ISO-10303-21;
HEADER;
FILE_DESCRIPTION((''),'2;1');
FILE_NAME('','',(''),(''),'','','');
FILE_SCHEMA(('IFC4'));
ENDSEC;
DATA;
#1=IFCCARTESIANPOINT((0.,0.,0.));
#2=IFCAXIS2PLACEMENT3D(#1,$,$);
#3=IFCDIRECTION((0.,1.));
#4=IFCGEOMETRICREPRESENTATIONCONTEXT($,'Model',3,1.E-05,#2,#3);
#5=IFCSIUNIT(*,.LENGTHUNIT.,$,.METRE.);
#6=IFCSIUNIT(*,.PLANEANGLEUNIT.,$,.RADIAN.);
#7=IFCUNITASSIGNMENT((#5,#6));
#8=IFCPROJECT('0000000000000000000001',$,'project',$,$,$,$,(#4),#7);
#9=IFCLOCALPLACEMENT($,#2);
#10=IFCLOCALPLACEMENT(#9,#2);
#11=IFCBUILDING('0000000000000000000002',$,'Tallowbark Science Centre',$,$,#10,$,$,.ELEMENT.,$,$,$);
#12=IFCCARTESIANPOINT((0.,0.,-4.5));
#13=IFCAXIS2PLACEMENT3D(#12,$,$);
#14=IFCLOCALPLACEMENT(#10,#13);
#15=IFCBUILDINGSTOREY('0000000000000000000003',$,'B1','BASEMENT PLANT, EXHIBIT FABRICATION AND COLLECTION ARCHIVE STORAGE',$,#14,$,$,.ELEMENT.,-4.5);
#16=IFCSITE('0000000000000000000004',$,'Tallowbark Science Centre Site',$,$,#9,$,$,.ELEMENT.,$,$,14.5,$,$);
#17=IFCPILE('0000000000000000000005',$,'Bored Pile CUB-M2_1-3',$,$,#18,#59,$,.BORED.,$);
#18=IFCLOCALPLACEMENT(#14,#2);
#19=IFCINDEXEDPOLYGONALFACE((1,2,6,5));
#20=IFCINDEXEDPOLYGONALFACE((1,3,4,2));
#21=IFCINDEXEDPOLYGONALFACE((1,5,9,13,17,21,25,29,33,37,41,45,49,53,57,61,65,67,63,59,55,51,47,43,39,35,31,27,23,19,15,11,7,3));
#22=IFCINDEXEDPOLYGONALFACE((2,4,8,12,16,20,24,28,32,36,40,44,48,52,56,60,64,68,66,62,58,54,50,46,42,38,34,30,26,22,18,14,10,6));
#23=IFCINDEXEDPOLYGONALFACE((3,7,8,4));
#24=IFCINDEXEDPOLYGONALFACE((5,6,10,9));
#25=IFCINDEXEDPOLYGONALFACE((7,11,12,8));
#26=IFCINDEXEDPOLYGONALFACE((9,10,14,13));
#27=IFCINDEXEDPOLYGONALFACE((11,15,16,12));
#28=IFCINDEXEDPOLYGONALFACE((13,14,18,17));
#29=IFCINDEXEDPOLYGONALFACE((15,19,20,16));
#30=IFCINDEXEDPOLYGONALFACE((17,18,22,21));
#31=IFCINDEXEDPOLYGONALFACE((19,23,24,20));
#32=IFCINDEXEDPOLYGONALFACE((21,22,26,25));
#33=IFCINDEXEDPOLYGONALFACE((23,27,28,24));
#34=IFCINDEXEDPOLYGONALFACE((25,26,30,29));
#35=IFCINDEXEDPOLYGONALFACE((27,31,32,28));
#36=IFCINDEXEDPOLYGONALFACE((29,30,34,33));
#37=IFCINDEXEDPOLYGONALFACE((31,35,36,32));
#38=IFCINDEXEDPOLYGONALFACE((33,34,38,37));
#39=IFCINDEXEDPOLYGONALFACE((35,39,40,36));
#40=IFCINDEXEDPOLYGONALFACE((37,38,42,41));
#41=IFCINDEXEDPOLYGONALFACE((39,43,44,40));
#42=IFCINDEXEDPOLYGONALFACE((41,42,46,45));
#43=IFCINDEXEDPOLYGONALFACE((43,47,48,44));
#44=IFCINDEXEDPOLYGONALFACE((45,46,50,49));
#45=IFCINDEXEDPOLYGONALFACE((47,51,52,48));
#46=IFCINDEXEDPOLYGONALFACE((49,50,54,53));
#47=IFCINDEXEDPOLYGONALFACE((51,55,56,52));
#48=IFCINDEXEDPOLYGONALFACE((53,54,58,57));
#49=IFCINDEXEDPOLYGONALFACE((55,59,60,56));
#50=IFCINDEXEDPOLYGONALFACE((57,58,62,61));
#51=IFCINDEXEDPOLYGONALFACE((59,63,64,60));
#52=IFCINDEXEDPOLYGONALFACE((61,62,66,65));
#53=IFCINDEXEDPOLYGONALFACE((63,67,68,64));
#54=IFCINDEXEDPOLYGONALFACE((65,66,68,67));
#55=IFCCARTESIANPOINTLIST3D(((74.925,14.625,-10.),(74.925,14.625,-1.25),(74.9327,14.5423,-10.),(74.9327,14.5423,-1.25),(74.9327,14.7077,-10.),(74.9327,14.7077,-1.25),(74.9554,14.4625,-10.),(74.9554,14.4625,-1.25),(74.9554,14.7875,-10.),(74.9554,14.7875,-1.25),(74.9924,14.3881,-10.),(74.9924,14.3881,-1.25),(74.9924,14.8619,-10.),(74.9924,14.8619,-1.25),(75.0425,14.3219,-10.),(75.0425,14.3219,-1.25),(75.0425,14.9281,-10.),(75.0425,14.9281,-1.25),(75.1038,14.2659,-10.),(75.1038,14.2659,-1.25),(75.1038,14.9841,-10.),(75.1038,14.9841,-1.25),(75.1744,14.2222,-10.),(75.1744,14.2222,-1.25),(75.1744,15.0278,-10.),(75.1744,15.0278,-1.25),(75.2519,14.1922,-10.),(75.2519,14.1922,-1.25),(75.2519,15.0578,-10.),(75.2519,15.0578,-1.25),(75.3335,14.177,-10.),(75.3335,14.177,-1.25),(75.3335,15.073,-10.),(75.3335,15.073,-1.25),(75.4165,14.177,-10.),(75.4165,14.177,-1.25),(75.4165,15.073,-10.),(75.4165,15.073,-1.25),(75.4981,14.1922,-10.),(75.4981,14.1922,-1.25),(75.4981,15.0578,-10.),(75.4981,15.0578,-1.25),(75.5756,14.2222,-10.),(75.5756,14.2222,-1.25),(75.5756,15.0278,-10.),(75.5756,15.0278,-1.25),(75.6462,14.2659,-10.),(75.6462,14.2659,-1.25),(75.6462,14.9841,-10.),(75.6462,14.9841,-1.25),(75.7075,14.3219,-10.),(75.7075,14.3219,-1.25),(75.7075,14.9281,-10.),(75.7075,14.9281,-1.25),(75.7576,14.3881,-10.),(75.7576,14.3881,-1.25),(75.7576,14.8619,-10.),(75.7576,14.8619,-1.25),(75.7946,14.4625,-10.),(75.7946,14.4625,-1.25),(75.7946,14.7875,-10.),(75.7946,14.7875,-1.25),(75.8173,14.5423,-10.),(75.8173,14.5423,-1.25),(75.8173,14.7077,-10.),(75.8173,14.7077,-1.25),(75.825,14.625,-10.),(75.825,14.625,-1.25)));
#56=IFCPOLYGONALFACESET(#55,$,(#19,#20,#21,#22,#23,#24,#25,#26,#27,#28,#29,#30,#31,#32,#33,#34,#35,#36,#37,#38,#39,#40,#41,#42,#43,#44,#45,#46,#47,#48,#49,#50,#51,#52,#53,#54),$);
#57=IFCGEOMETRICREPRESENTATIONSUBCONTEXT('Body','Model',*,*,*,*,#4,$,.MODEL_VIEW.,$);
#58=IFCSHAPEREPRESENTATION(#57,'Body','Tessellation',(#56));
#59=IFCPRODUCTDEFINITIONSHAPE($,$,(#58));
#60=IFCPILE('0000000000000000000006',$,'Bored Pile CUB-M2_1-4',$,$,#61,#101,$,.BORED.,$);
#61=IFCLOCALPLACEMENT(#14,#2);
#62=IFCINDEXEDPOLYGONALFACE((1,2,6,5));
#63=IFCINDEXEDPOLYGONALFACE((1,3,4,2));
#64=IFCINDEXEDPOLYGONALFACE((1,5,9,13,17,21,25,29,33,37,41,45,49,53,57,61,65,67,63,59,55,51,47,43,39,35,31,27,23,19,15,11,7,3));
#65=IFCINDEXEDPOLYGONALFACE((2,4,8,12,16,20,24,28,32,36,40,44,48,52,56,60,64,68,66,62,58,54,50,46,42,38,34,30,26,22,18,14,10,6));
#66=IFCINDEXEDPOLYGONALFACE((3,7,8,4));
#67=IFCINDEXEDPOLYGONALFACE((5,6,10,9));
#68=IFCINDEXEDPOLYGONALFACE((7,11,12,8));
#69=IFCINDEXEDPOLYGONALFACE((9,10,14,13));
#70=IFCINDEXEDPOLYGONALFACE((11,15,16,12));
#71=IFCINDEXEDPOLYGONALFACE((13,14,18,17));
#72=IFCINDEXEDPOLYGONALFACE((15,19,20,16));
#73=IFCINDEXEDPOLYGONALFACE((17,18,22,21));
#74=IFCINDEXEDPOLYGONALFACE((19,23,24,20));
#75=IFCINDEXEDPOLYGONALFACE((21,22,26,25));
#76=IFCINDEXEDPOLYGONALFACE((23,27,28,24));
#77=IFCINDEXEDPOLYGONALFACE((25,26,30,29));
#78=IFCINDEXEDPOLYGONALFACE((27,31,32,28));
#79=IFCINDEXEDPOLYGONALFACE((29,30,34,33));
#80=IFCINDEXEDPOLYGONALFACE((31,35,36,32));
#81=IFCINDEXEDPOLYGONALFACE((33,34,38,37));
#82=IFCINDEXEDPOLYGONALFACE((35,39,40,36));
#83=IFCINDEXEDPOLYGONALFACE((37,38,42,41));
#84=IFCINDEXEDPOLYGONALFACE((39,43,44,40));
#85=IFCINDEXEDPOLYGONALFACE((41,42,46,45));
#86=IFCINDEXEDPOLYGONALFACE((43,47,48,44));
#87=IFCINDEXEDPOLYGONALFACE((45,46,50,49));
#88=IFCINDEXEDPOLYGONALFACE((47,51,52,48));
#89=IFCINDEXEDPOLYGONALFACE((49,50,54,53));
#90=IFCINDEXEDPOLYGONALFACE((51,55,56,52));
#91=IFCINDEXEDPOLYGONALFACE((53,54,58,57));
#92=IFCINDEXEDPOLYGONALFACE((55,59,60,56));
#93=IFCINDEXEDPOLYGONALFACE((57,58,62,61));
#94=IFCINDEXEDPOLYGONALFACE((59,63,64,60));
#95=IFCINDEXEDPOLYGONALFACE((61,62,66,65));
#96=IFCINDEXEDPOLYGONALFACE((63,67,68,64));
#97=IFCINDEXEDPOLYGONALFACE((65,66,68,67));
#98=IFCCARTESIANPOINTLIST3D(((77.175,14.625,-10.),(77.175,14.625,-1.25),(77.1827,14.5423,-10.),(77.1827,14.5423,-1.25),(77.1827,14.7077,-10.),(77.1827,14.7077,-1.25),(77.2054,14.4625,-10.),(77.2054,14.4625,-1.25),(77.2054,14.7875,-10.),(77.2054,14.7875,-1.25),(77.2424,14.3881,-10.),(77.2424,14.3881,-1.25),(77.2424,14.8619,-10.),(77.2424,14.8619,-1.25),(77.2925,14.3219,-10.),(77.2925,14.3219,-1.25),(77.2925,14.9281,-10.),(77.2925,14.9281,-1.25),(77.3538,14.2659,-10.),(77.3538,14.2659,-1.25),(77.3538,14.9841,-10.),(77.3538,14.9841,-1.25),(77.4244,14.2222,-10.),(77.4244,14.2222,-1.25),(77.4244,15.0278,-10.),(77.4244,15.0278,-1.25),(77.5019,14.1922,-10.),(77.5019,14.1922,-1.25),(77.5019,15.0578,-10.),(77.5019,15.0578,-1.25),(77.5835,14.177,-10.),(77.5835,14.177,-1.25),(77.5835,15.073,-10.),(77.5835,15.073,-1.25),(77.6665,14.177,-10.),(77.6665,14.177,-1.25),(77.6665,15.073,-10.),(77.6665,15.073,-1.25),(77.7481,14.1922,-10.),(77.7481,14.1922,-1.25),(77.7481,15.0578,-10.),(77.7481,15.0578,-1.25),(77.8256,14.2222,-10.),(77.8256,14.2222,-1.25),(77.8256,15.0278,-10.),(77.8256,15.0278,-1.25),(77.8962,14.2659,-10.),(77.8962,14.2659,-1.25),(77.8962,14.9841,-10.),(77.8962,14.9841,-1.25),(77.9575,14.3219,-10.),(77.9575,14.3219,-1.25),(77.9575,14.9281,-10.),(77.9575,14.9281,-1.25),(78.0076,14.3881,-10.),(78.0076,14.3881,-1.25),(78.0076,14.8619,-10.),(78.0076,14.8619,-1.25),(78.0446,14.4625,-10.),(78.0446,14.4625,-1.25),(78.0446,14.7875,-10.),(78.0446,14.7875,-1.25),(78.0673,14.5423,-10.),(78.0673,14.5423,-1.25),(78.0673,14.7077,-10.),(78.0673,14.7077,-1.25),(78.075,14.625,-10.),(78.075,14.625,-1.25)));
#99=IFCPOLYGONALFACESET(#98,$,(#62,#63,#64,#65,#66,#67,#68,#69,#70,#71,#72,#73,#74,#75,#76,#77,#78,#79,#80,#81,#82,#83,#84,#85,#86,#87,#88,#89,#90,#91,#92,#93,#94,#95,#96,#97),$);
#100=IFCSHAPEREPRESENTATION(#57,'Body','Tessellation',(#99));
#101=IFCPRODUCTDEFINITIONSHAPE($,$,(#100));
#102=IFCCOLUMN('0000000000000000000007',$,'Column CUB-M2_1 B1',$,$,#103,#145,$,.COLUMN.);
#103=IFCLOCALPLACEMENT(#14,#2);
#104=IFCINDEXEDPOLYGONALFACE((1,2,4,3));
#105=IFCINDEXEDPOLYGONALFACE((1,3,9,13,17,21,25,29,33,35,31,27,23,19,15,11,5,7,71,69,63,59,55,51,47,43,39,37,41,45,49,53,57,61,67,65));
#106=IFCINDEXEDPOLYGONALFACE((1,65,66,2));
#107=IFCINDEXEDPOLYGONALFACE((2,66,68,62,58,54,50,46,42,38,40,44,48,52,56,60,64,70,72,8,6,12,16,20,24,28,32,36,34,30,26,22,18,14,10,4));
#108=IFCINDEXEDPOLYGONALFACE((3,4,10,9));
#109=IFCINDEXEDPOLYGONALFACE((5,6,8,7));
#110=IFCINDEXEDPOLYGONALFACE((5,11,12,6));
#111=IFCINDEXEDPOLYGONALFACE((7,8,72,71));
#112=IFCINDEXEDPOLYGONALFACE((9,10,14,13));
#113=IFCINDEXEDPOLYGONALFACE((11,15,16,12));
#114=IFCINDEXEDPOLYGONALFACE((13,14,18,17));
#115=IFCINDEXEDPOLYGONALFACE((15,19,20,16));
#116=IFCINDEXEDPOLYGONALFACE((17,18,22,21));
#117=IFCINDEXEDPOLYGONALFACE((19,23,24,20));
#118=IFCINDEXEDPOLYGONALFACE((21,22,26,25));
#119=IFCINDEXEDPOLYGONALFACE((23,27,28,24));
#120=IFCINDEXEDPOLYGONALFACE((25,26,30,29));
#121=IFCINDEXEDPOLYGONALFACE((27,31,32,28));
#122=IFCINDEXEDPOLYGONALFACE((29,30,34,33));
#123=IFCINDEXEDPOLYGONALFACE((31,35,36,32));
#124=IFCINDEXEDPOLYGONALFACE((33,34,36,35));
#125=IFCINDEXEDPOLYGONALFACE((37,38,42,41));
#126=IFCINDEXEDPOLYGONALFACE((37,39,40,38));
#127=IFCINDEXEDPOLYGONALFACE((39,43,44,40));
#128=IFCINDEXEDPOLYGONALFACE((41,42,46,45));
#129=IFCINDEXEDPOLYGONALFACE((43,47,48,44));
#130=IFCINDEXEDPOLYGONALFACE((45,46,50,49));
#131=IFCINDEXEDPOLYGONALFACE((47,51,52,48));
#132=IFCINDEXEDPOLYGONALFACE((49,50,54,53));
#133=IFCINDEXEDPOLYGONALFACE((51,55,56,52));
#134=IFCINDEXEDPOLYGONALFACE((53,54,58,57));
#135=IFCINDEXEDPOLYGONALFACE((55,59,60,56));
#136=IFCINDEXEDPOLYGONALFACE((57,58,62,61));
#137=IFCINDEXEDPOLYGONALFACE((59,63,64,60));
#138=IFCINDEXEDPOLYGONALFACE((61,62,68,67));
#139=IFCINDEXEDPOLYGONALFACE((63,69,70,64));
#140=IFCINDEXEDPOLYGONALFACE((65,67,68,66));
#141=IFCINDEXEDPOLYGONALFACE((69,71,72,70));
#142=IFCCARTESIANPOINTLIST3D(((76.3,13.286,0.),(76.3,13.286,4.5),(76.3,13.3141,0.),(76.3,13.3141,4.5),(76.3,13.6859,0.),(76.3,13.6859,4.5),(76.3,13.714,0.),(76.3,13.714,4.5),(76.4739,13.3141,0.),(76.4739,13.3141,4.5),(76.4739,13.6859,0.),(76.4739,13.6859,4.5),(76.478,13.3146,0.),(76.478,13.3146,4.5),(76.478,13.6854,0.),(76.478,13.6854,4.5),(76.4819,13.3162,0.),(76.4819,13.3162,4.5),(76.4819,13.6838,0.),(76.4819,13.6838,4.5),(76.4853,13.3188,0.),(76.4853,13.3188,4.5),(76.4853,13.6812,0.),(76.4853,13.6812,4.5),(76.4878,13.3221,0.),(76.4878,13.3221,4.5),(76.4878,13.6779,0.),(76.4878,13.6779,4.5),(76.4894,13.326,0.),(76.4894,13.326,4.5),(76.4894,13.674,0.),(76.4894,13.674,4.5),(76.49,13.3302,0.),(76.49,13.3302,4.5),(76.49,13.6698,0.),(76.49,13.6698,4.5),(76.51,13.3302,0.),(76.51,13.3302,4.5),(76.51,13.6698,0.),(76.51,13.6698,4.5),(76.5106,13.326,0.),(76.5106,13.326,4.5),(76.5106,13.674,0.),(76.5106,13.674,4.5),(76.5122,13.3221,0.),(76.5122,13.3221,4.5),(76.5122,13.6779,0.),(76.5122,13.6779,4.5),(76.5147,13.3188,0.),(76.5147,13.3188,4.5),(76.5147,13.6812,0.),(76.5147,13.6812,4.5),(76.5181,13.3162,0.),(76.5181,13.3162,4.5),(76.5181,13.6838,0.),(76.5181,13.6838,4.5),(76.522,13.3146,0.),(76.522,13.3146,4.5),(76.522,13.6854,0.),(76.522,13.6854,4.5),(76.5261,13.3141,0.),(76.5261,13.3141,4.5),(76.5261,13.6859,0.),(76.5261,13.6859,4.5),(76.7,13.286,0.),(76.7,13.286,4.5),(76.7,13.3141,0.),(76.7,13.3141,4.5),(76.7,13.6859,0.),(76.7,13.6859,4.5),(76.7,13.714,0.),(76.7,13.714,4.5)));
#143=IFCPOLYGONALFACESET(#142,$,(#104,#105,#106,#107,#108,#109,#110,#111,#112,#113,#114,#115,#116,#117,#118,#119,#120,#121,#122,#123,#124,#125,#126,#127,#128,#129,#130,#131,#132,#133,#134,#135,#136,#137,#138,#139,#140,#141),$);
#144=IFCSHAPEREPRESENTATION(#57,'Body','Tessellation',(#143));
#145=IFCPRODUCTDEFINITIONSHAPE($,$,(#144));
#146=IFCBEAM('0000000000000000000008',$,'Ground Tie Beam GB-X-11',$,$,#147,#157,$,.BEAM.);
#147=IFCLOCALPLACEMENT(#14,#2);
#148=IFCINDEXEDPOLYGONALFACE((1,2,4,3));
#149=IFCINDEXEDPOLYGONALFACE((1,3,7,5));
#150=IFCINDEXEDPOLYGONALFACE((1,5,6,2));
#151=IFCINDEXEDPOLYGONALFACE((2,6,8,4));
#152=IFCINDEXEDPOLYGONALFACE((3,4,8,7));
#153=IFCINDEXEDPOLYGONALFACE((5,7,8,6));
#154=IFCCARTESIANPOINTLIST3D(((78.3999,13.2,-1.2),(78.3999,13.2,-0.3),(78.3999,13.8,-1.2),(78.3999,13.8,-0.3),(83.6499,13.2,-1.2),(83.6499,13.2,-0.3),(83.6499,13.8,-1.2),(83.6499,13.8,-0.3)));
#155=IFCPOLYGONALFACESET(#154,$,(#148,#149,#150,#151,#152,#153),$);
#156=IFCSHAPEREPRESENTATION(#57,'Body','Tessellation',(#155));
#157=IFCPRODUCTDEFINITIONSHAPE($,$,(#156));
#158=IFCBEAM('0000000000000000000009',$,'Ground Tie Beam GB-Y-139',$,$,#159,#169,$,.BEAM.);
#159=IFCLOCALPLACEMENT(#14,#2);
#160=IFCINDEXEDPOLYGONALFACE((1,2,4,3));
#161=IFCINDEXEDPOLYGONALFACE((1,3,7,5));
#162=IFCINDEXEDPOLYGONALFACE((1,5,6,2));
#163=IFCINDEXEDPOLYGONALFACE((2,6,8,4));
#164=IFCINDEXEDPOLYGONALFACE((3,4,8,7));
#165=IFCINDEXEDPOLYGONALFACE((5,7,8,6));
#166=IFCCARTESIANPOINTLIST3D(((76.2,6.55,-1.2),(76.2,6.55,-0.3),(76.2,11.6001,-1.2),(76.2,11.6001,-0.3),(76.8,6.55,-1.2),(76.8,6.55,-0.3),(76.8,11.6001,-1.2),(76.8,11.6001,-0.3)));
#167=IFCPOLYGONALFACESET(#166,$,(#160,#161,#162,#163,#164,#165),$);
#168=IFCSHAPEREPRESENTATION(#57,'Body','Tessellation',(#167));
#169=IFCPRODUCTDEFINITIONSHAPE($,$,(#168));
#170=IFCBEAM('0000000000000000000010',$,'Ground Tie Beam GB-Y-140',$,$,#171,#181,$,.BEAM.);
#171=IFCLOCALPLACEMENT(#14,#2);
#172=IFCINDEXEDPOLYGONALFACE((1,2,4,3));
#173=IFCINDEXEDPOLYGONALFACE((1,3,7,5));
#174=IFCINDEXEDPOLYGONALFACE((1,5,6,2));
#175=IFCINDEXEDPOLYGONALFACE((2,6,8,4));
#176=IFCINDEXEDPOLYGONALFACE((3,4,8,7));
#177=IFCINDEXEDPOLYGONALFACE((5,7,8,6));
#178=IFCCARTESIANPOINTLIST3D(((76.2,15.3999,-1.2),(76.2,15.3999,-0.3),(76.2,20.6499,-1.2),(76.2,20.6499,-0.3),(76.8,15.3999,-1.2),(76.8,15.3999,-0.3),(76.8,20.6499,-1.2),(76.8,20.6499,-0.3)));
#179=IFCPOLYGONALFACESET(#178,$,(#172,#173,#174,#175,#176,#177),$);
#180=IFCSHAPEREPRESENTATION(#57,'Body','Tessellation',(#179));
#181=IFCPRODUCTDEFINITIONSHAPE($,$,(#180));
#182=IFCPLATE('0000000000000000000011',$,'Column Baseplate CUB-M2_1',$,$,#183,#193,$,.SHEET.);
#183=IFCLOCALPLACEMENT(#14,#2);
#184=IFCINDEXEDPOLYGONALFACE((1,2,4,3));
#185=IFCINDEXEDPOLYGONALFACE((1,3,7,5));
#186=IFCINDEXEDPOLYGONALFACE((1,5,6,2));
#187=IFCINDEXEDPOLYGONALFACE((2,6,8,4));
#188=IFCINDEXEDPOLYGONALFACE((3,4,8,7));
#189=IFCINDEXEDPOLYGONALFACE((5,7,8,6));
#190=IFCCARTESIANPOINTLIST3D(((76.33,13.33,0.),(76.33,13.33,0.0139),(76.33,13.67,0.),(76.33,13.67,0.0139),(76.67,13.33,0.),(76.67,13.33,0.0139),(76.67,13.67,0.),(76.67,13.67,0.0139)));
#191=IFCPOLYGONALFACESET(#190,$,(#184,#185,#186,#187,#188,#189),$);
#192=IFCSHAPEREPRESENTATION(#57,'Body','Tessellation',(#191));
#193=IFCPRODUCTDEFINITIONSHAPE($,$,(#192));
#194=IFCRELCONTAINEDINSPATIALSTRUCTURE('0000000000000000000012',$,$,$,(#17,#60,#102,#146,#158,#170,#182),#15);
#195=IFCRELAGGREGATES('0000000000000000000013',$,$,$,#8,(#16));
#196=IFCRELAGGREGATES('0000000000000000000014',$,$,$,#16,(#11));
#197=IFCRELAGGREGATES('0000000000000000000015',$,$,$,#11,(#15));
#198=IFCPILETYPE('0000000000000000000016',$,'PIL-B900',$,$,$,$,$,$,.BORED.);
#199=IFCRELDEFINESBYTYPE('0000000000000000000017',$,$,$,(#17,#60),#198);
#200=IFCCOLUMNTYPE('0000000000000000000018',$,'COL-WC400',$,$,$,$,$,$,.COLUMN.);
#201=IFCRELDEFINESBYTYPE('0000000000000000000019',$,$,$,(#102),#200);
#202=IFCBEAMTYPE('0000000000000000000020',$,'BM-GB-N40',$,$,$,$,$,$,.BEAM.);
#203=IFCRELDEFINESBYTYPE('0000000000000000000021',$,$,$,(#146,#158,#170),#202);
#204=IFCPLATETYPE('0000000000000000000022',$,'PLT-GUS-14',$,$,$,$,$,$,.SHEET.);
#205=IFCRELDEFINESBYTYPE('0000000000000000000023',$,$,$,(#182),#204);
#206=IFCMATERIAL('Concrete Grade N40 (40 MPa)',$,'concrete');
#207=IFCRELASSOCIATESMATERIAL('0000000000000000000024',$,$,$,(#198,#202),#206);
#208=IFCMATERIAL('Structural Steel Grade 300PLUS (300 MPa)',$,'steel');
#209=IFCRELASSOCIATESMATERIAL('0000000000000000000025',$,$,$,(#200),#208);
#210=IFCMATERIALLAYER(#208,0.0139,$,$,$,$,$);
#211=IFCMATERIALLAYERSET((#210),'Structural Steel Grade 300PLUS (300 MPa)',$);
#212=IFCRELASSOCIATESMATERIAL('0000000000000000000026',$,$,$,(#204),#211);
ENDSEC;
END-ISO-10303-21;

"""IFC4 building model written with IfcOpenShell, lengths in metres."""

from ifc_helpers import new_model, si_unit, direction, frame, origin, origin_2d, place, context, subcontext, project, spatial, rectangle, circle, i_section, extrude, material, layer, layer_set, material_profile, profile_set, type_object, element, save


model = new_model("IFC4")

# Units and contexts
model_context = context("Model", 3, precision=1e-05, world=origin(), true_north=direction((0.0, 1.0)))
body_context = subcontext(model_context, "Body", "Model", "MODEL_VIEW")
ifc_project = project(units=[si_unit("LENGTHUNIT", "METRE"), si_unit("PLANEANGLEUNIT", "RADIAN")], contexts=[model_context])

# Site, building, storey
site_placement = place(None, origin())
site = spatial("IfcSite", under=ifc_project, at=site_placement, Name="Tallowbark Science Centre Site", CompositionType="ELEMENT", RefElevation=14.5)
building_placement = place(site_placement, origin())
building = spatial("IfcBuilding", under=site, at=building_placement, Name="Tallowbark Science Centre", CompositionType="ELEMENT")
storey_placement = place(building_placement, frame((0.0, 0.0, -4.5)))
storey = spatial("IfcBuildingStorey", under=building, at=storey_placement, Name="B1", Description="BASEMENT PLANT, EXHIBIT FABRICATION AND COLLECTION ARCHIVE STORAGE", CompositionType="ELEMENT", Elevation=-4.5)

# Shared definitions
ifc_material_1 = material(Name="Concrete Grade N40 (40 MPa)", Category="concrete")

# Piles
ifc_material_profile_1 = material_profile(ifc_material_1, circle(Radius=0.45, at=origin_2d()), Name="PILE900")
ifc_profile_set_1 = profile_set([ifc_material_profile_1], Name="Concrete Grade N40 (40 MPa)")
pile_type_1 = type_object("IfcPileType", Name="PIL-B900", PredefinedType="BORED", material=ifc_profile_set_1)
for number, where, z_axis, x_axis, name in (
    (1, (75.375, 14.625, -1.25), (0.0, 0.0, -1.0), (1.0, 0.0, 0.0), "Bored Pile CUB-M2_1-3"),
    (2, (77.625, 14.625, -1.25), (0.0, 0.0, -1.0), (1.0, 0.0, 0.0), "Bored Pile CUB-M2_1-4"),
):
    element("IfcPile", number, at=place(storey_placement, frame(where, z_axis=z_axis, x_axis=x_axis)), inside=storey, type_object=pile_type_1, Name=name, PredefinedType="BORED", context=body_context, shape_type="SweptSolid", body=[
        extrude(circle(Radius=0.45, at=origin_2d()), origin(), (0.0, 0.0, 1.0), 8.75),
    ])

# Column
ifc_material_2 = material(Name="Structural Steel Grade 300PLUS (300 MPa)", Category="steel")
ifc_material_profile_2 = material_profile(ifc_material_2, i_section(OverallWidth=0.3999, OverallDepth=0.428, WebThickness=0.02, FlangeThickness=0.0281, FilletRadius=0.0161, at=origin_2d()), Name="400WC270")
ifc_profile_set_2 = profile_set([ifc_material_profile_2], Name="Structural Steel Grade 300PLUS (300 MPa)")
column_type = type_object("IfcColumnType", Name="COL-WC400", PredefinedType="COLUMN", material=ifc_profile_set_2)
column_placement = place(storey_placement, frame((76.5, 13.5, 0.0), z_axis=(0.0, 0.0, 1.0), x_axis=(1.0, 0.0, 0.0)))
element("IfcColumn", 3, at=column_placement, inside=storey, type_object=column_type, Name="Column CUB-M2_1 B1", PredefinedType="COLUMN", context=body_context, shape_type="SweptSolid", body=[
    extrude(i_section(OverallWidth=0.3999, OverallDepth=0.428, WebThickness=0.02, FlangeThickness=0.0281, FilletRadius=0.0161, at=origin_2d()), origin(), (0.0, 0.0, 1.0), 4.5),
])

# Beams
ifc_material_profile_3 = material_profile(ifc_material_1, rectangle(XDim=0.6001, YDim=0.8999, at=origin_2d()), Name="RC600x900")
ifc_profile_set_3 = profile_set([ifc_material_profile_3], Name="Concrete Grade N40 (40 MPa)")
beam_type = type_object("IfcBeamType", Name="BM-GB-N40", PredefinedType="BEAM", material=ifc_profile_set_3)
beam_1_placement = place(storey_placement, frame((78.3999, 13.5, -0.75), z_axis=(1.0, 0.0, 0.0), x_axis=(0.0, 1.0, 0.0)))
element("IfcBeam", 4, at=beam_1_placement, inside=storey, type_object=beam_type, Name="Ground Tie Beam GB-X-11", PredefinedType="BEAM", context=body_context, shape_type="SweptSolid", body=[
    extrude(rectangle(XDim=0.6001, YDim=0.8999, at=origin_2d()), origin(), (0.0, 0.0, 1.0), 5.25),
])
beam_2_placement = place(storey_placement, frame((76.5, 6.55, -0.75), z_axis=(0.0, 1.0, 0.0), x_axis=(-1.0, 0.0, 0.0)))
element("IfcBeam", 5, at=beam_2_placement, inside=storey, type_object=beam_type, Name="Ground Tie Beam GB-Y-139", PredefinedType="BEAM", context=body_context, shape_type="SweptSolid", body=[
    extrude(rectangle(XDim=0.6001, YDim=0.8999, at=origin_2d()), origin(), (0.0, 0.0, 1.0), 5.05),
])
beam_3_placement = place(storey_placement, frame((76.5, 15.3999, -0.75), z_axis=(0.0, 1.0, 0.0), x_axis=(-1.0, 0.0, 0.0)))
element("IfcBeam", 6, at=beam_3_placement, inside=storey, type_object=beam_type, Name="Ground Tie Beam GB-Y-140", PredefinedType="BEAM", context=body_context, shape_type="SweptSolid", body=[
    extrude(rectangle(XDim=0.6001, YDim=0.8999, at=origin_2d()), origin(), (0.0, 0.0, 1.0), 5.25),
])

# Plate
ifc_layer_1 = layer(ifc_material_2, 0.0139)
ifc_layer_set_1 = layer_set([ifc_layer_1], Name="Structural Steel Grade 300PLUS (300 MPa)")
plate_type = type_object("IfcPlateType", Name="PLT-GUS-14", PredefinedType="SHEET", material=ifc_layer_set_1)
plate_placement = place(storey_placement, frame((76.5, 13.5, 0.0), z_axis=(0.0, 0.0, 1.0), x_axis=(1.0, 0.0, 0.0)))
element("IfcPlate", 7, at=plate_placement, inside=storey, type_object=plate_type, Name="Column Baseplate CUB-M2_1", PredefinedType="SHEET", context=body_context, shape_type="SweptSolid", body=[
    extrude(rectangle(XDim=0.3401, YDim=0.3401, at=origin_2d()), origin(), (0.0, 0.0, 1.0), 0.0139),
])

save(model, "model.ifc")
